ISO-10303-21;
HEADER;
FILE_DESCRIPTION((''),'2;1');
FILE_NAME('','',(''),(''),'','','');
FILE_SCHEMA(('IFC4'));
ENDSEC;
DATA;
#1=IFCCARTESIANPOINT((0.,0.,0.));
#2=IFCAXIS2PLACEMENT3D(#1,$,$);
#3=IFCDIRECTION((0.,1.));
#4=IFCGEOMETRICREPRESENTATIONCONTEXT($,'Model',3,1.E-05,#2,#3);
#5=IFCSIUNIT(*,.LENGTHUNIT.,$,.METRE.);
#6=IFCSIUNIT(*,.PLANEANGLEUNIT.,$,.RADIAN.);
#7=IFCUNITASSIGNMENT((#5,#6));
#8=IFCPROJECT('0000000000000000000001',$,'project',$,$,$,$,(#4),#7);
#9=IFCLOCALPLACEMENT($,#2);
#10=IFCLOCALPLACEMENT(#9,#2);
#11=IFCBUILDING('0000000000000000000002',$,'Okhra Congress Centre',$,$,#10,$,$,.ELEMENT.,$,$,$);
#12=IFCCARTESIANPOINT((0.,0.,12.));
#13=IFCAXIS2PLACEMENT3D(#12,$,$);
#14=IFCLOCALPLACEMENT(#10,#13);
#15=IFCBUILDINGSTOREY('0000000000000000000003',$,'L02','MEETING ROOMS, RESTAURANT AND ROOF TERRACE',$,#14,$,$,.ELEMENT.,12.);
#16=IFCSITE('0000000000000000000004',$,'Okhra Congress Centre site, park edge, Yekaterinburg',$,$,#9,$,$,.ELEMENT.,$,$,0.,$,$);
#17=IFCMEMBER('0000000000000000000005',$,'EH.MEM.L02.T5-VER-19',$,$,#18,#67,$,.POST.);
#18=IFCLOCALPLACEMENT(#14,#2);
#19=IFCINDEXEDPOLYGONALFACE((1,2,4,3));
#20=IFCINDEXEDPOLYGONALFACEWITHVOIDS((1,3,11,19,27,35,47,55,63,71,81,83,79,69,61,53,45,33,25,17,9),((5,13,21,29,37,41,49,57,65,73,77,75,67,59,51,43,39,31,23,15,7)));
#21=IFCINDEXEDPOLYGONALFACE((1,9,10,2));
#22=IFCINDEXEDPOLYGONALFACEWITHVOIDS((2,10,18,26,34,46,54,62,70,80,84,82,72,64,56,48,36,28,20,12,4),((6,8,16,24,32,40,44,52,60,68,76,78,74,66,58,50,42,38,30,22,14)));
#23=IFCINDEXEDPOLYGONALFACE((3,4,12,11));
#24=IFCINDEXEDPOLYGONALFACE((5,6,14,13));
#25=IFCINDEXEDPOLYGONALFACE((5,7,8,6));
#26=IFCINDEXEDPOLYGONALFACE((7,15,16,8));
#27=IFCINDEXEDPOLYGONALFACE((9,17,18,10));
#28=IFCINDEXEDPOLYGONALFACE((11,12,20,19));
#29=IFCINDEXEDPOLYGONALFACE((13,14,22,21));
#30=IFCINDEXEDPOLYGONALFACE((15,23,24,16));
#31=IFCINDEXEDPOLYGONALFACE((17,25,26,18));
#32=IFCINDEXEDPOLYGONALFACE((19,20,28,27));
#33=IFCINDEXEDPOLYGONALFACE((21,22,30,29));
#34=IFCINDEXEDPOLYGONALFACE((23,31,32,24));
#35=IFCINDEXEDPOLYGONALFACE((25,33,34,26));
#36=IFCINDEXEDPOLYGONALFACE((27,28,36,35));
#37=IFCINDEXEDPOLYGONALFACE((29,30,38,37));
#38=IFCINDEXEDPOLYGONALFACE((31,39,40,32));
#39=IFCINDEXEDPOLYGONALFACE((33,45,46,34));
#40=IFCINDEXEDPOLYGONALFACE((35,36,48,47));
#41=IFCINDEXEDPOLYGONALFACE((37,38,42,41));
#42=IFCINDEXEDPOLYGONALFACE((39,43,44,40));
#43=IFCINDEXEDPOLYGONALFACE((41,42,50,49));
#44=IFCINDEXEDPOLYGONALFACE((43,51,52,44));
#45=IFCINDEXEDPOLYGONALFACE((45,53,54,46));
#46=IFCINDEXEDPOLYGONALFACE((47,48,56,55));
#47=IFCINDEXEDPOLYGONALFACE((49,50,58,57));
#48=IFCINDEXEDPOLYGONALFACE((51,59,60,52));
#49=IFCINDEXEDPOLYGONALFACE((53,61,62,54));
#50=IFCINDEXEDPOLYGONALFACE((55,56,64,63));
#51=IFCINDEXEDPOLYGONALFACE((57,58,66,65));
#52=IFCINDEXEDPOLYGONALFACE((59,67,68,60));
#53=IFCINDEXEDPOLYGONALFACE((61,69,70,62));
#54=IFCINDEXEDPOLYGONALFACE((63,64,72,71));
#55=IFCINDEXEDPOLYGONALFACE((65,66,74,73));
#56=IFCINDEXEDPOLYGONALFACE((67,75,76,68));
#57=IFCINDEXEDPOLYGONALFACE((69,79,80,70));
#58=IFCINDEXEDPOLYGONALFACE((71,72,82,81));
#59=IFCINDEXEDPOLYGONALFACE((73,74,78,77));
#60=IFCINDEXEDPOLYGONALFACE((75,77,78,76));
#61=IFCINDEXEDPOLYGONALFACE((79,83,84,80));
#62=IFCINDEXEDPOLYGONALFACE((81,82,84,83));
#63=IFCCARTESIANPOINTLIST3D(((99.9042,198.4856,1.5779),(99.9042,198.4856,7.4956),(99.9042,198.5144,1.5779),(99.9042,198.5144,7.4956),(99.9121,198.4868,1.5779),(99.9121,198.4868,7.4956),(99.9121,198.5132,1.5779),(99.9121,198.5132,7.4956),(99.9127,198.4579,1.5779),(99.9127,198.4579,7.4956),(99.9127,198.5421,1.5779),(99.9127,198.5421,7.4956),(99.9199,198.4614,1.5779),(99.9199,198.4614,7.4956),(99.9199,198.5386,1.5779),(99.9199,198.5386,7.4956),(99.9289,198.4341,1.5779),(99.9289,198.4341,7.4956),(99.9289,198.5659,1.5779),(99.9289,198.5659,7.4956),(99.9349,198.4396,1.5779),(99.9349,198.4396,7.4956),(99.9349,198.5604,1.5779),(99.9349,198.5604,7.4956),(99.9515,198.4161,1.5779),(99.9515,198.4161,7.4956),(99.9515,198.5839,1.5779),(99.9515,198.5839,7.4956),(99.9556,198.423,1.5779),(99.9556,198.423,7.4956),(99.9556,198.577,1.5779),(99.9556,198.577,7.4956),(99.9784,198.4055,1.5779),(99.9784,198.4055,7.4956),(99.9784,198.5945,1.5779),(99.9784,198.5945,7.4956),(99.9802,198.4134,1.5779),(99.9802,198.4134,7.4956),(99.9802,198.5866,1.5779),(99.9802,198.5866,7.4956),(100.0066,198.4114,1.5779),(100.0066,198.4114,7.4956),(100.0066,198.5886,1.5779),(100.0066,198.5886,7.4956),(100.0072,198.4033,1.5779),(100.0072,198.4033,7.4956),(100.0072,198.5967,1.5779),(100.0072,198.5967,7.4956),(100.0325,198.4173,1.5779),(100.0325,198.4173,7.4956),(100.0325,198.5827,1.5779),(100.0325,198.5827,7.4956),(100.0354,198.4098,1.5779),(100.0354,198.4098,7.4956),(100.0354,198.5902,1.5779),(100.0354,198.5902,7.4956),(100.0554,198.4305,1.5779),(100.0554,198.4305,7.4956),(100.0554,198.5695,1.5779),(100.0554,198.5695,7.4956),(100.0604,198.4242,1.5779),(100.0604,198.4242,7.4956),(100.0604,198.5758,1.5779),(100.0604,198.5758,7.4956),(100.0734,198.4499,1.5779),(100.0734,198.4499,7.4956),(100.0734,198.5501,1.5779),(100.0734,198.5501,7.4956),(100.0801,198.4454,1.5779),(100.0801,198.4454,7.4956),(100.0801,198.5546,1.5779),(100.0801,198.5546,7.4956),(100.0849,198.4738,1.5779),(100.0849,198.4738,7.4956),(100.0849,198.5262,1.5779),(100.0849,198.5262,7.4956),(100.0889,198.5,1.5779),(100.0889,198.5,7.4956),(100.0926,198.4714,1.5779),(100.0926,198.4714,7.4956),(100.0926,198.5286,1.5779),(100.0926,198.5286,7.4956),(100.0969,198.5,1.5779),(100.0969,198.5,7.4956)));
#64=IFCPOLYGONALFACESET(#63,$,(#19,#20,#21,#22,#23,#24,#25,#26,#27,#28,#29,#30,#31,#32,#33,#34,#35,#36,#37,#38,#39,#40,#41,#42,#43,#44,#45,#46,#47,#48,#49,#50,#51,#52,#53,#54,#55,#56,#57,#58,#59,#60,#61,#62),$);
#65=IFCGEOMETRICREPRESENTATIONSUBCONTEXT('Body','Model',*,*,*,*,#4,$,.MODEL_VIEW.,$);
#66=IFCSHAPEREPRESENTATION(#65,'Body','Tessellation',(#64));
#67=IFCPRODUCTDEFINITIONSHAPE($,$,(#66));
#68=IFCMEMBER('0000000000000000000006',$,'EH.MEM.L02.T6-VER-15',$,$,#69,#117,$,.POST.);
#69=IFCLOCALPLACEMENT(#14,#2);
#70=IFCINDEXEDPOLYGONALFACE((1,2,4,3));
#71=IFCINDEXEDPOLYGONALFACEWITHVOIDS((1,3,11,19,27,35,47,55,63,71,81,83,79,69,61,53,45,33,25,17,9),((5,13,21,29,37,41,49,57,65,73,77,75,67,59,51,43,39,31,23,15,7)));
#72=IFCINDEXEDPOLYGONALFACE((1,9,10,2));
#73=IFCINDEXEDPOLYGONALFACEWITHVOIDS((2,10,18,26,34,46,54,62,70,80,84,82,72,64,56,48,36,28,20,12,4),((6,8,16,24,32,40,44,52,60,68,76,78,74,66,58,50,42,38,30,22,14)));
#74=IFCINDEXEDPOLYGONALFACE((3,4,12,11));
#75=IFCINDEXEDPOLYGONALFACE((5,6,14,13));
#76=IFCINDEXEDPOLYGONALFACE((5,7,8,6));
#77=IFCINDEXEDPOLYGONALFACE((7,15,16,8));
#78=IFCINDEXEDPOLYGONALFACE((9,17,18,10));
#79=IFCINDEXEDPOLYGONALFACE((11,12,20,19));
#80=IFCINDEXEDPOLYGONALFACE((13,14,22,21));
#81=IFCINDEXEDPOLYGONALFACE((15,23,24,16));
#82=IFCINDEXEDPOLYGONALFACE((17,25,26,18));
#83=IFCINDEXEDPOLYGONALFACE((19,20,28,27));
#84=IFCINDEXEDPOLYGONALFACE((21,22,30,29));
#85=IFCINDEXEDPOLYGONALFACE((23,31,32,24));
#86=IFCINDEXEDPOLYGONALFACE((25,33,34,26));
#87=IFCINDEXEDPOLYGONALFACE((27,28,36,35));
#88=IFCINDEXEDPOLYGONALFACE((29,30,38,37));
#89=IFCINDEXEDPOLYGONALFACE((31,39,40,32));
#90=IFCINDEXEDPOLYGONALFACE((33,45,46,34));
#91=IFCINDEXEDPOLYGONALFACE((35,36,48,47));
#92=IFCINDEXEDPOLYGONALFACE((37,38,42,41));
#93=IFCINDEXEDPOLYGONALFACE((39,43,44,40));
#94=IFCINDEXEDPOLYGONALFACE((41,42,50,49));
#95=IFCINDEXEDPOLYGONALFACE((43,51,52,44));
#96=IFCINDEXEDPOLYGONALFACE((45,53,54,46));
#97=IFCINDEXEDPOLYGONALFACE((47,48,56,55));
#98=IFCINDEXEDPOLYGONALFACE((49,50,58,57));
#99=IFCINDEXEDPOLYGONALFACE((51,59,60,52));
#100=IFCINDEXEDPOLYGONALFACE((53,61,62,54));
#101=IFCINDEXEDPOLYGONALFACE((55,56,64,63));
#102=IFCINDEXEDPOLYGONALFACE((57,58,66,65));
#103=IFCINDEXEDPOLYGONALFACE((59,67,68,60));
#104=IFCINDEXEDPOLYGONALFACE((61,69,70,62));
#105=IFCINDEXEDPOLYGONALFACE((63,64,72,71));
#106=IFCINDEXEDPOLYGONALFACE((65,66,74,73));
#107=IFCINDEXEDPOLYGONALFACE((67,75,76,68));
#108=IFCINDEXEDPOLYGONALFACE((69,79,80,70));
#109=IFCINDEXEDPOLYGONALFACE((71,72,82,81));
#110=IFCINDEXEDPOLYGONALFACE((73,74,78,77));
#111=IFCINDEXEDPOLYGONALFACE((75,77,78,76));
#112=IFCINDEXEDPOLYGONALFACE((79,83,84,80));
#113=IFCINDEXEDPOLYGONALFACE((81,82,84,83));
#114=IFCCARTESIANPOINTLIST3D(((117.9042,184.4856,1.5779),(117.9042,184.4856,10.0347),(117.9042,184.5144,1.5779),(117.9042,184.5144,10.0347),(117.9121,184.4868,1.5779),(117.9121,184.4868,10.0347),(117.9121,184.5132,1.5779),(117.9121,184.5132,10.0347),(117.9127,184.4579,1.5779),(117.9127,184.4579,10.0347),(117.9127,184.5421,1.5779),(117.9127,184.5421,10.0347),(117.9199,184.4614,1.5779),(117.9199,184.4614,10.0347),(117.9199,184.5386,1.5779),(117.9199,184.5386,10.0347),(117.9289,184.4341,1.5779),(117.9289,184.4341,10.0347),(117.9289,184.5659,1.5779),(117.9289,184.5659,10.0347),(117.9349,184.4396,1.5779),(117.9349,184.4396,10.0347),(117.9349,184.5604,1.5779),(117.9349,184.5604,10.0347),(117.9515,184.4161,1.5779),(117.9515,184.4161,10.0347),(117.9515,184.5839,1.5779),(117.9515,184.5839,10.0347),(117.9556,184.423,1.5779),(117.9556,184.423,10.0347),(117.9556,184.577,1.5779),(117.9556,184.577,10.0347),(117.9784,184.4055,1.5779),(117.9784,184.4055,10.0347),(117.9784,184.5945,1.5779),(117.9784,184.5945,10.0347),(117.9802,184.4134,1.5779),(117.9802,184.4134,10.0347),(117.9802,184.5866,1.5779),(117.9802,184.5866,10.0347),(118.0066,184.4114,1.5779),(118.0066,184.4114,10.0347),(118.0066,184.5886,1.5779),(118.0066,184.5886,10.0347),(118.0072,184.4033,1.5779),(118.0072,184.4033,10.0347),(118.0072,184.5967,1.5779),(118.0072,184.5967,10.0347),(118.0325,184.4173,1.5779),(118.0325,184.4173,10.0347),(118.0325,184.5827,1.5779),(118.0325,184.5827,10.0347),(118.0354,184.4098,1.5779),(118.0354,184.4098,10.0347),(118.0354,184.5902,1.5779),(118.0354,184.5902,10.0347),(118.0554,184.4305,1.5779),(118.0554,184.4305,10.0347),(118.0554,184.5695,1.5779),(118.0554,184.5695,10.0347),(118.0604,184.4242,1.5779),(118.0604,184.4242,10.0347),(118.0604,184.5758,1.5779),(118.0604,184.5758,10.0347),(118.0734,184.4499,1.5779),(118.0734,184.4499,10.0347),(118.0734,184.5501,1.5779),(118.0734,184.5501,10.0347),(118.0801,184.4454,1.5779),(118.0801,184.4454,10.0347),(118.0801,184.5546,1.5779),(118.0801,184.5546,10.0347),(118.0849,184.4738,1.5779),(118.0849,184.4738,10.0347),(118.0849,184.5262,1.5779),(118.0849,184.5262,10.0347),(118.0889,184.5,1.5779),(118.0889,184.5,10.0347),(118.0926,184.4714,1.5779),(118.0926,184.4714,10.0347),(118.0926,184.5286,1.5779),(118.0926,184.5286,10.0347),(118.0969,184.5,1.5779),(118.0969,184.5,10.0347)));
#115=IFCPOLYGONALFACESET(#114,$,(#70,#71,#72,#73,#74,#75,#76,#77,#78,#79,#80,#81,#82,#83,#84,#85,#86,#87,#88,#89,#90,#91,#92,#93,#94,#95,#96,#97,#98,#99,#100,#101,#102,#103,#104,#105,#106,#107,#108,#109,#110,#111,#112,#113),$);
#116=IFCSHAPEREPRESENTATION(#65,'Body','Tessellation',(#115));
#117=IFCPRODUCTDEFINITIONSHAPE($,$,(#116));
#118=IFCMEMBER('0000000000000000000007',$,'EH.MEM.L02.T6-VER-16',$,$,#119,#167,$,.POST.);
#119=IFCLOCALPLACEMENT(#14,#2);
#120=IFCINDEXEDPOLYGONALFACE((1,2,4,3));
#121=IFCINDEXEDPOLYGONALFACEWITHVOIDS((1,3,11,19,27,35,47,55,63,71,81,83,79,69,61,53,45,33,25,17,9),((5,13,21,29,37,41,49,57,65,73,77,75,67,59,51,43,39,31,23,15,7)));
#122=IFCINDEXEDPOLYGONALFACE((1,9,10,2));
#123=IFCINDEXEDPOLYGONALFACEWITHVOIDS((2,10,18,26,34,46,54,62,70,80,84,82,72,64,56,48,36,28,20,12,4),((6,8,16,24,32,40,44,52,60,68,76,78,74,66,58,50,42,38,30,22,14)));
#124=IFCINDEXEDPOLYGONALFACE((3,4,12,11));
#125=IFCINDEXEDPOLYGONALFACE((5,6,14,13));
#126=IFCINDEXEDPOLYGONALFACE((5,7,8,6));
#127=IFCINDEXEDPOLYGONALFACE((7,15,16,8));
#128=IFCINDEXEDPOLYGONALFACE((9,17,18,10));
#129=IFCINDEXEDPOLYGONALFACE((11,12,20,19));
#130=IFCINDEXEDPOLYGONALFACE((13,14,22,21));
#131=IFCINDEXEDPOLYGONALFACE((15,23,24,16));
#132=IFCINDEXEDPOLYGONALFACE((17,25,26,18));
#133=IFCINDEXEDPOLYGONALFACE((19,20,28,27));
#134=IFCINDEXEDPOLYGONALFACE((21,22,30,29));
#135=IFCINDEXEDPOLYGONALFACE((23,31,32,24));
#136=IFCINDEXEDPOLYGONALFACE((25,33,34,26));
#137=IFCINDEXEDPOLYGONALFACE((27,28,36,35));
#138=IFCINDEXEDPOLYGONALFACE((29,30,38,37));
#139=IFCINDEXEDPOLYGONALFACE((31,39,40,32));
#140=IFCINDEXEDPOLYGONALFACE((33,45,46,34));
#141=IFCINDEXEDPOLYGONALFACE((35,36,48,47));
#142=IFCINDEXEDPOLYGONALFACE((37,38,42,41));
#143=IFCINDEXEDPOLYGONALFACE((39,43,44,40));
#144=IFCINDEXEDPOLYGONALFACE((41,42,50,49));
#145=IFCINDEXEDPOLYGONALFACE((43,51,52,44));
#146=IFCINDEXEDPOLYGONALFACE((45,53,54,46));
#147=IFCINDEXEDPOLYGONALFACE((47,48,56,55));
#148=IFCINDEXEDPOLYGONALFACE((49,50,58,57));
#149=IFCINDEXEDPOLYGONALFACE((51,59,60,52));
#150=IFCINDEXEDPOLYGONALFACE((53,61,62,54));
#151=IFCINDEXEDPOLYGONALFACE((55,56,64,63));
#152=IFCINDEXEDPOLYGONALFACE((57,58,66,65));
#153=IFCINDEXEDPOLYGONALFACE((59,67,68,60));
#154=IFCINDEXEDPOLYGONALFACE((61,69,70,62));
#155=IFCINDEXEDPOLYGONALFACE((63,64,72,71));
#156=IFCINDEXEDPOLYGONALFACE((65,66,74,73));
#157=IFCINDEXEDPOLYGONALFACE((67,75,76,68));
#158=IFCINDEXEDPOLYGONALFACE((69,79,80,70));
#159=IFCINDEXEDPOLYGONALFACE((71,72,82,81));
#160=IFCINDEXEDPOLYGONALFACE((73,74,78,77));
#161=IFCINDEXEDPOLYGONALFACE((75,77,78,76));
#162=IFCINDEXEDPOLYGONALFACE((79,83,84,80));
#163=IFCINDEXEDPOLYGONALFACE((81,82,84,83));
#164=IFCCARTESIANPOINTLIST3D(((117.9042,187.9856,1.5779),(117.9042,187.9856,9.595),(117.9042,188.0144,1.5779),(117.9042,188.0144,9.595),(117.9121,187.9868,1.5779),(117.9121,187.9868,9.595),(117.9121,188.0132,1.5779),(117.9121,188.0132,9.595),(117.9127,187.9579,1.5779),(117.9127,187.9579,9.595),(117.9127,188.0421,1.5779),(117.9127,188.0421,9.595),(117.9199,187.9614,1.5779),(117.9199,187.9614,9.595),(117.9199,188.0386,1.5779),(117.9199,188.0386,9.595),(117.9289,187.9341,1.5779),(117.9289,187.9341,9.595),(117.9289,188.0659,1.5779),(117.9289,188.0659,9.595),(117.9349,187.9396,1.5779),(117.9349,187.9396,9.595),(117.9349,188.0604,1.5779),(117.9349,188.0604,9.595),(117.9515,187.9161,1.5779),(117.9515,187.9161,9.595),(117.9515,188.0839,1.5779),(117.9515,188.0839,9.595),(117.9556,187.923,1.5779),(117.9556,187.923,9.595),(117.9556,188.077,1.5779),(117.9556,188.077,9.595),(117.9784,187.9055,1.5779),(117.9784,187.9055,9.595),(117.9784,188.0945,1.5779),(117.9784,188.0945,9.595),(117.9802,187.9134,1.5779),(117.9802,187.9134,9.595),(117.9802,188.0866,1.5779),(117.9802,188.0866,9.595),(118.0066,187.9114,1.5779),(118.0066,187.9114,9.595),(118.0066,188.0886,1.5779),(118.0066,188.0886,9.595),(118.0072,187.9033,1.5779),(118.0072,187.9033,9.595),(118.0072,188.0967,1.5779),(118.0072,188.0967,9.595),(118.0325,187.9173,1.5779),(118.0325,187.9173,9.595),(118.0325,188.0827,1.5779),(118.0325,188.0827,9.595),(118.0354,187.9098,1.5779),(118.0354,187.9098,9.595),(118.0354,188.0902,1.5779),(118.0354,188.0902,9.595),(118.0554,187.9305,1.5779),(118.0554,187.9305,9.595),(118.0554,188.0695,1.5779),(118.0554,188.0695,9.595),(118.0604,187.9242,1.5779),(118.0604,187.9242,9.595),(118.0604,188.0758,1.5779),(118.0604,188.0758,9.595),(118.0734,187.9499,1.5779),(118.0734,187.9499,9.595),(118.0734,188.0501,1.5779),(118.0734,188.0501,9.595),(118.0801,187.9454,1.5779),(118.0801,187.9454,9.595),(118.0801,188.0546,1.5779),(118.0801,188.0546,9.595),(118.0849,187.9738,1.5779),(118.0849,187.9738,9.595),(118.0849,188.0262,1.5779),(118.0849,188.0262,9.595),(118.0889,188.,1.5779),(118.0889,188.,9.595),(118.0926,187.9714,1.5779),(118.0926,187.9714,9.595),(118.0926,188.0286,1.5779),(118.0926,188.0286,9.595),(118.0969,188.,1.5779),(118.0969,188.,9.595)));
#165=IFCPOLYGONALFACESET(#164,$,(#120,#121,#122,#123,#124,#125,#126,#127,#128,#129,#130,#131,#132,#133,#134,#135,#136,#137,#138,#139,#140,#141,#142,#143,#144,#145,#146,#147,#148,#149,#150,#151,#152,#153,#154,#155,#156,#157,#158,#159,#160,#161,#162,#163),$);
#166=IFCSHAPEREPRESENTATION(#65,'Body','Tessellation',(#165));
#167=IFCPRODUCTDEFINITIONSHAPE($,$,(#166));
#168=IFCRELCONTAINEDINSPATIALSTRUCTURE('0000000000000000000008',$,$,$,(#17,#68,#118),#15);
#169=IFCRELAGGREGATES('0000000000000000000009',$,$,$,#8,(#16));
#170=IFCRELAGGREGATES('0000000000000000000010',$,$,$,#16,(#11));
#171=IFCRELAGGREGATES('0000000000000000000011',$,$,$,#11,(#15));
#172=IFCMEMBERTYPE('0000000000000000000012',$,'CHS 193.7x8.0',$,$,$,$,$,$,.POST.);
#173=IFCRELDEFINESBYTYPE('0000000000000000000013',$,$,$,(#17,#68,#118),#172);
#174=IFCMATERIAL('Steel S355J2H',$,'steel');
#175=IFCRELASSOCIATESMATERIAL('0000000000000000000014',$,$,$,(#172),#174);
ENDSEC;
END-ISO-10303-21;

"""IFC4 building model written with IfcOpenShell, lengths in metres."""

from ifc_helpers import new_model, si_unit, direction, frame, origin, origin_2d, place, context, subcontext, project, spatial, hollow_circle, extrude, material, material_profile, profile_set, type_object, element, save


model = new_model("IFC4")

# Units and contexts
model_context = context("Model", 3, precision=1e-05, world=origin(), true_north=direction((0.0, 1.0)))
body_context = subcontext(model_context, "Body", "Model", "MODEL_VIEW")
ifc_project = project(units=[si_unit("LENGTHUNIT", "METRE"), si_unit("PLANEANGLEUNIT", "RADIAN")], contexts=[model_context])

# Site, building, storey
site_placement = place(None, origin())
site = spatial("IfcSite", under=ifc_project, at=site_placement, Name="Okhra Congress Centre site, park edge, Yekaterinburg", CompositionType="ELEMENT", RefElevation=0.0)
building_placement = place(site_placement, origin())
building = spatial("IfcBuilding", under=site, at=building_placement, Name="Okhra Congress Centre", CompositionType="ELEMENT")
storey_placement = place(building_placement, frame((0.0, 0.0, 12.0)))
storey = spatial("IfcBuildingStorey", under=building, at=storey_placement, Name="L02", Description="MEETING ROOMS, RESTAURANT AND ROOF TERRACE", CompositionType="ELEMENT", Elevation=12.0)

# Members
ifc_material_1 = material(Name="Steel S355J2H", Category="steel")
ifc_material_profile_1 = material_profile(ifc_material_1, hollow_circle(Radius=0.0969, WallThickness=0.0081, at=origin_2d()), Name="CHS 193.7x8.0")
ifc_profile_set_1 = profile_set([ifc_material_profile_1], Name="Steel S355J2H")
member_type_1 = type_object("IfcMemberType", Name="CHS 193.7x8.0", PredefinedType="POST", material=ifc_profile_set_1)
member_1_placement = place(storey_placement, frame((100.0, 198.5, 1.5779), z_axis=(0.0, 0.0, 1.0), x_axis=(1.0, 0.0, 0.0)))
element("IfcMember", 1, at=member_1_placement, inside=storey, type_object=member_type_1, Name="EH.MEM.L02.T5-VER-19", PredefinedType="POST", context=body_context, shape_type="SweptSolid", body=[
    extrude(hollow_circle(Radius=0.0969, WallThickness=0.0081, at=origin_2d()), origin(), (0.0, 0.0, 1.0), 5.9177),
])
member_2_placement = place(storey_placement, frame((118.0, 184.5, 1.5779), z_axis=(0.0, 0.0, 1.0), x_axis=(1.0, 0.0, 0.0)))
element("IfcMember", 2, at=member_2_placement, inside=storey, type_object=member_type_1, Name="EH.MEM.L02.T6-VER-15", PredefinedType="POST", context=body_context, shape_type="SweptSolid", body=[
    extrude(hollow_circle(Radius=0.0969, WallThickness=0.0081, at=origin_2d()), origin(), (0.0, 0.0, 1.0), 8.4568),
])
member_3_placement = place(storey_placement, frame((118.0, 188.0, 1.5779), z_axis=(0.0, 0.0, 1.0), x_axis=(1.0, 0.0, 0.0)))
element("IfcMember", 3, at=member_3_placement, inside=storey, type_object=member_type_1, Name="EH.MEM.L02.T6-VER-16", PredefinedType="POST", context=body_context, shape_type="SweptSolid", body=[
    extrude(hollow_circle(Radius=0.0969, WallThickness=0.0081, at=origin_2d()), origin(), (0.0, 0.0, 1.0), 8.0171),
])

save(model, "model.ifc")
